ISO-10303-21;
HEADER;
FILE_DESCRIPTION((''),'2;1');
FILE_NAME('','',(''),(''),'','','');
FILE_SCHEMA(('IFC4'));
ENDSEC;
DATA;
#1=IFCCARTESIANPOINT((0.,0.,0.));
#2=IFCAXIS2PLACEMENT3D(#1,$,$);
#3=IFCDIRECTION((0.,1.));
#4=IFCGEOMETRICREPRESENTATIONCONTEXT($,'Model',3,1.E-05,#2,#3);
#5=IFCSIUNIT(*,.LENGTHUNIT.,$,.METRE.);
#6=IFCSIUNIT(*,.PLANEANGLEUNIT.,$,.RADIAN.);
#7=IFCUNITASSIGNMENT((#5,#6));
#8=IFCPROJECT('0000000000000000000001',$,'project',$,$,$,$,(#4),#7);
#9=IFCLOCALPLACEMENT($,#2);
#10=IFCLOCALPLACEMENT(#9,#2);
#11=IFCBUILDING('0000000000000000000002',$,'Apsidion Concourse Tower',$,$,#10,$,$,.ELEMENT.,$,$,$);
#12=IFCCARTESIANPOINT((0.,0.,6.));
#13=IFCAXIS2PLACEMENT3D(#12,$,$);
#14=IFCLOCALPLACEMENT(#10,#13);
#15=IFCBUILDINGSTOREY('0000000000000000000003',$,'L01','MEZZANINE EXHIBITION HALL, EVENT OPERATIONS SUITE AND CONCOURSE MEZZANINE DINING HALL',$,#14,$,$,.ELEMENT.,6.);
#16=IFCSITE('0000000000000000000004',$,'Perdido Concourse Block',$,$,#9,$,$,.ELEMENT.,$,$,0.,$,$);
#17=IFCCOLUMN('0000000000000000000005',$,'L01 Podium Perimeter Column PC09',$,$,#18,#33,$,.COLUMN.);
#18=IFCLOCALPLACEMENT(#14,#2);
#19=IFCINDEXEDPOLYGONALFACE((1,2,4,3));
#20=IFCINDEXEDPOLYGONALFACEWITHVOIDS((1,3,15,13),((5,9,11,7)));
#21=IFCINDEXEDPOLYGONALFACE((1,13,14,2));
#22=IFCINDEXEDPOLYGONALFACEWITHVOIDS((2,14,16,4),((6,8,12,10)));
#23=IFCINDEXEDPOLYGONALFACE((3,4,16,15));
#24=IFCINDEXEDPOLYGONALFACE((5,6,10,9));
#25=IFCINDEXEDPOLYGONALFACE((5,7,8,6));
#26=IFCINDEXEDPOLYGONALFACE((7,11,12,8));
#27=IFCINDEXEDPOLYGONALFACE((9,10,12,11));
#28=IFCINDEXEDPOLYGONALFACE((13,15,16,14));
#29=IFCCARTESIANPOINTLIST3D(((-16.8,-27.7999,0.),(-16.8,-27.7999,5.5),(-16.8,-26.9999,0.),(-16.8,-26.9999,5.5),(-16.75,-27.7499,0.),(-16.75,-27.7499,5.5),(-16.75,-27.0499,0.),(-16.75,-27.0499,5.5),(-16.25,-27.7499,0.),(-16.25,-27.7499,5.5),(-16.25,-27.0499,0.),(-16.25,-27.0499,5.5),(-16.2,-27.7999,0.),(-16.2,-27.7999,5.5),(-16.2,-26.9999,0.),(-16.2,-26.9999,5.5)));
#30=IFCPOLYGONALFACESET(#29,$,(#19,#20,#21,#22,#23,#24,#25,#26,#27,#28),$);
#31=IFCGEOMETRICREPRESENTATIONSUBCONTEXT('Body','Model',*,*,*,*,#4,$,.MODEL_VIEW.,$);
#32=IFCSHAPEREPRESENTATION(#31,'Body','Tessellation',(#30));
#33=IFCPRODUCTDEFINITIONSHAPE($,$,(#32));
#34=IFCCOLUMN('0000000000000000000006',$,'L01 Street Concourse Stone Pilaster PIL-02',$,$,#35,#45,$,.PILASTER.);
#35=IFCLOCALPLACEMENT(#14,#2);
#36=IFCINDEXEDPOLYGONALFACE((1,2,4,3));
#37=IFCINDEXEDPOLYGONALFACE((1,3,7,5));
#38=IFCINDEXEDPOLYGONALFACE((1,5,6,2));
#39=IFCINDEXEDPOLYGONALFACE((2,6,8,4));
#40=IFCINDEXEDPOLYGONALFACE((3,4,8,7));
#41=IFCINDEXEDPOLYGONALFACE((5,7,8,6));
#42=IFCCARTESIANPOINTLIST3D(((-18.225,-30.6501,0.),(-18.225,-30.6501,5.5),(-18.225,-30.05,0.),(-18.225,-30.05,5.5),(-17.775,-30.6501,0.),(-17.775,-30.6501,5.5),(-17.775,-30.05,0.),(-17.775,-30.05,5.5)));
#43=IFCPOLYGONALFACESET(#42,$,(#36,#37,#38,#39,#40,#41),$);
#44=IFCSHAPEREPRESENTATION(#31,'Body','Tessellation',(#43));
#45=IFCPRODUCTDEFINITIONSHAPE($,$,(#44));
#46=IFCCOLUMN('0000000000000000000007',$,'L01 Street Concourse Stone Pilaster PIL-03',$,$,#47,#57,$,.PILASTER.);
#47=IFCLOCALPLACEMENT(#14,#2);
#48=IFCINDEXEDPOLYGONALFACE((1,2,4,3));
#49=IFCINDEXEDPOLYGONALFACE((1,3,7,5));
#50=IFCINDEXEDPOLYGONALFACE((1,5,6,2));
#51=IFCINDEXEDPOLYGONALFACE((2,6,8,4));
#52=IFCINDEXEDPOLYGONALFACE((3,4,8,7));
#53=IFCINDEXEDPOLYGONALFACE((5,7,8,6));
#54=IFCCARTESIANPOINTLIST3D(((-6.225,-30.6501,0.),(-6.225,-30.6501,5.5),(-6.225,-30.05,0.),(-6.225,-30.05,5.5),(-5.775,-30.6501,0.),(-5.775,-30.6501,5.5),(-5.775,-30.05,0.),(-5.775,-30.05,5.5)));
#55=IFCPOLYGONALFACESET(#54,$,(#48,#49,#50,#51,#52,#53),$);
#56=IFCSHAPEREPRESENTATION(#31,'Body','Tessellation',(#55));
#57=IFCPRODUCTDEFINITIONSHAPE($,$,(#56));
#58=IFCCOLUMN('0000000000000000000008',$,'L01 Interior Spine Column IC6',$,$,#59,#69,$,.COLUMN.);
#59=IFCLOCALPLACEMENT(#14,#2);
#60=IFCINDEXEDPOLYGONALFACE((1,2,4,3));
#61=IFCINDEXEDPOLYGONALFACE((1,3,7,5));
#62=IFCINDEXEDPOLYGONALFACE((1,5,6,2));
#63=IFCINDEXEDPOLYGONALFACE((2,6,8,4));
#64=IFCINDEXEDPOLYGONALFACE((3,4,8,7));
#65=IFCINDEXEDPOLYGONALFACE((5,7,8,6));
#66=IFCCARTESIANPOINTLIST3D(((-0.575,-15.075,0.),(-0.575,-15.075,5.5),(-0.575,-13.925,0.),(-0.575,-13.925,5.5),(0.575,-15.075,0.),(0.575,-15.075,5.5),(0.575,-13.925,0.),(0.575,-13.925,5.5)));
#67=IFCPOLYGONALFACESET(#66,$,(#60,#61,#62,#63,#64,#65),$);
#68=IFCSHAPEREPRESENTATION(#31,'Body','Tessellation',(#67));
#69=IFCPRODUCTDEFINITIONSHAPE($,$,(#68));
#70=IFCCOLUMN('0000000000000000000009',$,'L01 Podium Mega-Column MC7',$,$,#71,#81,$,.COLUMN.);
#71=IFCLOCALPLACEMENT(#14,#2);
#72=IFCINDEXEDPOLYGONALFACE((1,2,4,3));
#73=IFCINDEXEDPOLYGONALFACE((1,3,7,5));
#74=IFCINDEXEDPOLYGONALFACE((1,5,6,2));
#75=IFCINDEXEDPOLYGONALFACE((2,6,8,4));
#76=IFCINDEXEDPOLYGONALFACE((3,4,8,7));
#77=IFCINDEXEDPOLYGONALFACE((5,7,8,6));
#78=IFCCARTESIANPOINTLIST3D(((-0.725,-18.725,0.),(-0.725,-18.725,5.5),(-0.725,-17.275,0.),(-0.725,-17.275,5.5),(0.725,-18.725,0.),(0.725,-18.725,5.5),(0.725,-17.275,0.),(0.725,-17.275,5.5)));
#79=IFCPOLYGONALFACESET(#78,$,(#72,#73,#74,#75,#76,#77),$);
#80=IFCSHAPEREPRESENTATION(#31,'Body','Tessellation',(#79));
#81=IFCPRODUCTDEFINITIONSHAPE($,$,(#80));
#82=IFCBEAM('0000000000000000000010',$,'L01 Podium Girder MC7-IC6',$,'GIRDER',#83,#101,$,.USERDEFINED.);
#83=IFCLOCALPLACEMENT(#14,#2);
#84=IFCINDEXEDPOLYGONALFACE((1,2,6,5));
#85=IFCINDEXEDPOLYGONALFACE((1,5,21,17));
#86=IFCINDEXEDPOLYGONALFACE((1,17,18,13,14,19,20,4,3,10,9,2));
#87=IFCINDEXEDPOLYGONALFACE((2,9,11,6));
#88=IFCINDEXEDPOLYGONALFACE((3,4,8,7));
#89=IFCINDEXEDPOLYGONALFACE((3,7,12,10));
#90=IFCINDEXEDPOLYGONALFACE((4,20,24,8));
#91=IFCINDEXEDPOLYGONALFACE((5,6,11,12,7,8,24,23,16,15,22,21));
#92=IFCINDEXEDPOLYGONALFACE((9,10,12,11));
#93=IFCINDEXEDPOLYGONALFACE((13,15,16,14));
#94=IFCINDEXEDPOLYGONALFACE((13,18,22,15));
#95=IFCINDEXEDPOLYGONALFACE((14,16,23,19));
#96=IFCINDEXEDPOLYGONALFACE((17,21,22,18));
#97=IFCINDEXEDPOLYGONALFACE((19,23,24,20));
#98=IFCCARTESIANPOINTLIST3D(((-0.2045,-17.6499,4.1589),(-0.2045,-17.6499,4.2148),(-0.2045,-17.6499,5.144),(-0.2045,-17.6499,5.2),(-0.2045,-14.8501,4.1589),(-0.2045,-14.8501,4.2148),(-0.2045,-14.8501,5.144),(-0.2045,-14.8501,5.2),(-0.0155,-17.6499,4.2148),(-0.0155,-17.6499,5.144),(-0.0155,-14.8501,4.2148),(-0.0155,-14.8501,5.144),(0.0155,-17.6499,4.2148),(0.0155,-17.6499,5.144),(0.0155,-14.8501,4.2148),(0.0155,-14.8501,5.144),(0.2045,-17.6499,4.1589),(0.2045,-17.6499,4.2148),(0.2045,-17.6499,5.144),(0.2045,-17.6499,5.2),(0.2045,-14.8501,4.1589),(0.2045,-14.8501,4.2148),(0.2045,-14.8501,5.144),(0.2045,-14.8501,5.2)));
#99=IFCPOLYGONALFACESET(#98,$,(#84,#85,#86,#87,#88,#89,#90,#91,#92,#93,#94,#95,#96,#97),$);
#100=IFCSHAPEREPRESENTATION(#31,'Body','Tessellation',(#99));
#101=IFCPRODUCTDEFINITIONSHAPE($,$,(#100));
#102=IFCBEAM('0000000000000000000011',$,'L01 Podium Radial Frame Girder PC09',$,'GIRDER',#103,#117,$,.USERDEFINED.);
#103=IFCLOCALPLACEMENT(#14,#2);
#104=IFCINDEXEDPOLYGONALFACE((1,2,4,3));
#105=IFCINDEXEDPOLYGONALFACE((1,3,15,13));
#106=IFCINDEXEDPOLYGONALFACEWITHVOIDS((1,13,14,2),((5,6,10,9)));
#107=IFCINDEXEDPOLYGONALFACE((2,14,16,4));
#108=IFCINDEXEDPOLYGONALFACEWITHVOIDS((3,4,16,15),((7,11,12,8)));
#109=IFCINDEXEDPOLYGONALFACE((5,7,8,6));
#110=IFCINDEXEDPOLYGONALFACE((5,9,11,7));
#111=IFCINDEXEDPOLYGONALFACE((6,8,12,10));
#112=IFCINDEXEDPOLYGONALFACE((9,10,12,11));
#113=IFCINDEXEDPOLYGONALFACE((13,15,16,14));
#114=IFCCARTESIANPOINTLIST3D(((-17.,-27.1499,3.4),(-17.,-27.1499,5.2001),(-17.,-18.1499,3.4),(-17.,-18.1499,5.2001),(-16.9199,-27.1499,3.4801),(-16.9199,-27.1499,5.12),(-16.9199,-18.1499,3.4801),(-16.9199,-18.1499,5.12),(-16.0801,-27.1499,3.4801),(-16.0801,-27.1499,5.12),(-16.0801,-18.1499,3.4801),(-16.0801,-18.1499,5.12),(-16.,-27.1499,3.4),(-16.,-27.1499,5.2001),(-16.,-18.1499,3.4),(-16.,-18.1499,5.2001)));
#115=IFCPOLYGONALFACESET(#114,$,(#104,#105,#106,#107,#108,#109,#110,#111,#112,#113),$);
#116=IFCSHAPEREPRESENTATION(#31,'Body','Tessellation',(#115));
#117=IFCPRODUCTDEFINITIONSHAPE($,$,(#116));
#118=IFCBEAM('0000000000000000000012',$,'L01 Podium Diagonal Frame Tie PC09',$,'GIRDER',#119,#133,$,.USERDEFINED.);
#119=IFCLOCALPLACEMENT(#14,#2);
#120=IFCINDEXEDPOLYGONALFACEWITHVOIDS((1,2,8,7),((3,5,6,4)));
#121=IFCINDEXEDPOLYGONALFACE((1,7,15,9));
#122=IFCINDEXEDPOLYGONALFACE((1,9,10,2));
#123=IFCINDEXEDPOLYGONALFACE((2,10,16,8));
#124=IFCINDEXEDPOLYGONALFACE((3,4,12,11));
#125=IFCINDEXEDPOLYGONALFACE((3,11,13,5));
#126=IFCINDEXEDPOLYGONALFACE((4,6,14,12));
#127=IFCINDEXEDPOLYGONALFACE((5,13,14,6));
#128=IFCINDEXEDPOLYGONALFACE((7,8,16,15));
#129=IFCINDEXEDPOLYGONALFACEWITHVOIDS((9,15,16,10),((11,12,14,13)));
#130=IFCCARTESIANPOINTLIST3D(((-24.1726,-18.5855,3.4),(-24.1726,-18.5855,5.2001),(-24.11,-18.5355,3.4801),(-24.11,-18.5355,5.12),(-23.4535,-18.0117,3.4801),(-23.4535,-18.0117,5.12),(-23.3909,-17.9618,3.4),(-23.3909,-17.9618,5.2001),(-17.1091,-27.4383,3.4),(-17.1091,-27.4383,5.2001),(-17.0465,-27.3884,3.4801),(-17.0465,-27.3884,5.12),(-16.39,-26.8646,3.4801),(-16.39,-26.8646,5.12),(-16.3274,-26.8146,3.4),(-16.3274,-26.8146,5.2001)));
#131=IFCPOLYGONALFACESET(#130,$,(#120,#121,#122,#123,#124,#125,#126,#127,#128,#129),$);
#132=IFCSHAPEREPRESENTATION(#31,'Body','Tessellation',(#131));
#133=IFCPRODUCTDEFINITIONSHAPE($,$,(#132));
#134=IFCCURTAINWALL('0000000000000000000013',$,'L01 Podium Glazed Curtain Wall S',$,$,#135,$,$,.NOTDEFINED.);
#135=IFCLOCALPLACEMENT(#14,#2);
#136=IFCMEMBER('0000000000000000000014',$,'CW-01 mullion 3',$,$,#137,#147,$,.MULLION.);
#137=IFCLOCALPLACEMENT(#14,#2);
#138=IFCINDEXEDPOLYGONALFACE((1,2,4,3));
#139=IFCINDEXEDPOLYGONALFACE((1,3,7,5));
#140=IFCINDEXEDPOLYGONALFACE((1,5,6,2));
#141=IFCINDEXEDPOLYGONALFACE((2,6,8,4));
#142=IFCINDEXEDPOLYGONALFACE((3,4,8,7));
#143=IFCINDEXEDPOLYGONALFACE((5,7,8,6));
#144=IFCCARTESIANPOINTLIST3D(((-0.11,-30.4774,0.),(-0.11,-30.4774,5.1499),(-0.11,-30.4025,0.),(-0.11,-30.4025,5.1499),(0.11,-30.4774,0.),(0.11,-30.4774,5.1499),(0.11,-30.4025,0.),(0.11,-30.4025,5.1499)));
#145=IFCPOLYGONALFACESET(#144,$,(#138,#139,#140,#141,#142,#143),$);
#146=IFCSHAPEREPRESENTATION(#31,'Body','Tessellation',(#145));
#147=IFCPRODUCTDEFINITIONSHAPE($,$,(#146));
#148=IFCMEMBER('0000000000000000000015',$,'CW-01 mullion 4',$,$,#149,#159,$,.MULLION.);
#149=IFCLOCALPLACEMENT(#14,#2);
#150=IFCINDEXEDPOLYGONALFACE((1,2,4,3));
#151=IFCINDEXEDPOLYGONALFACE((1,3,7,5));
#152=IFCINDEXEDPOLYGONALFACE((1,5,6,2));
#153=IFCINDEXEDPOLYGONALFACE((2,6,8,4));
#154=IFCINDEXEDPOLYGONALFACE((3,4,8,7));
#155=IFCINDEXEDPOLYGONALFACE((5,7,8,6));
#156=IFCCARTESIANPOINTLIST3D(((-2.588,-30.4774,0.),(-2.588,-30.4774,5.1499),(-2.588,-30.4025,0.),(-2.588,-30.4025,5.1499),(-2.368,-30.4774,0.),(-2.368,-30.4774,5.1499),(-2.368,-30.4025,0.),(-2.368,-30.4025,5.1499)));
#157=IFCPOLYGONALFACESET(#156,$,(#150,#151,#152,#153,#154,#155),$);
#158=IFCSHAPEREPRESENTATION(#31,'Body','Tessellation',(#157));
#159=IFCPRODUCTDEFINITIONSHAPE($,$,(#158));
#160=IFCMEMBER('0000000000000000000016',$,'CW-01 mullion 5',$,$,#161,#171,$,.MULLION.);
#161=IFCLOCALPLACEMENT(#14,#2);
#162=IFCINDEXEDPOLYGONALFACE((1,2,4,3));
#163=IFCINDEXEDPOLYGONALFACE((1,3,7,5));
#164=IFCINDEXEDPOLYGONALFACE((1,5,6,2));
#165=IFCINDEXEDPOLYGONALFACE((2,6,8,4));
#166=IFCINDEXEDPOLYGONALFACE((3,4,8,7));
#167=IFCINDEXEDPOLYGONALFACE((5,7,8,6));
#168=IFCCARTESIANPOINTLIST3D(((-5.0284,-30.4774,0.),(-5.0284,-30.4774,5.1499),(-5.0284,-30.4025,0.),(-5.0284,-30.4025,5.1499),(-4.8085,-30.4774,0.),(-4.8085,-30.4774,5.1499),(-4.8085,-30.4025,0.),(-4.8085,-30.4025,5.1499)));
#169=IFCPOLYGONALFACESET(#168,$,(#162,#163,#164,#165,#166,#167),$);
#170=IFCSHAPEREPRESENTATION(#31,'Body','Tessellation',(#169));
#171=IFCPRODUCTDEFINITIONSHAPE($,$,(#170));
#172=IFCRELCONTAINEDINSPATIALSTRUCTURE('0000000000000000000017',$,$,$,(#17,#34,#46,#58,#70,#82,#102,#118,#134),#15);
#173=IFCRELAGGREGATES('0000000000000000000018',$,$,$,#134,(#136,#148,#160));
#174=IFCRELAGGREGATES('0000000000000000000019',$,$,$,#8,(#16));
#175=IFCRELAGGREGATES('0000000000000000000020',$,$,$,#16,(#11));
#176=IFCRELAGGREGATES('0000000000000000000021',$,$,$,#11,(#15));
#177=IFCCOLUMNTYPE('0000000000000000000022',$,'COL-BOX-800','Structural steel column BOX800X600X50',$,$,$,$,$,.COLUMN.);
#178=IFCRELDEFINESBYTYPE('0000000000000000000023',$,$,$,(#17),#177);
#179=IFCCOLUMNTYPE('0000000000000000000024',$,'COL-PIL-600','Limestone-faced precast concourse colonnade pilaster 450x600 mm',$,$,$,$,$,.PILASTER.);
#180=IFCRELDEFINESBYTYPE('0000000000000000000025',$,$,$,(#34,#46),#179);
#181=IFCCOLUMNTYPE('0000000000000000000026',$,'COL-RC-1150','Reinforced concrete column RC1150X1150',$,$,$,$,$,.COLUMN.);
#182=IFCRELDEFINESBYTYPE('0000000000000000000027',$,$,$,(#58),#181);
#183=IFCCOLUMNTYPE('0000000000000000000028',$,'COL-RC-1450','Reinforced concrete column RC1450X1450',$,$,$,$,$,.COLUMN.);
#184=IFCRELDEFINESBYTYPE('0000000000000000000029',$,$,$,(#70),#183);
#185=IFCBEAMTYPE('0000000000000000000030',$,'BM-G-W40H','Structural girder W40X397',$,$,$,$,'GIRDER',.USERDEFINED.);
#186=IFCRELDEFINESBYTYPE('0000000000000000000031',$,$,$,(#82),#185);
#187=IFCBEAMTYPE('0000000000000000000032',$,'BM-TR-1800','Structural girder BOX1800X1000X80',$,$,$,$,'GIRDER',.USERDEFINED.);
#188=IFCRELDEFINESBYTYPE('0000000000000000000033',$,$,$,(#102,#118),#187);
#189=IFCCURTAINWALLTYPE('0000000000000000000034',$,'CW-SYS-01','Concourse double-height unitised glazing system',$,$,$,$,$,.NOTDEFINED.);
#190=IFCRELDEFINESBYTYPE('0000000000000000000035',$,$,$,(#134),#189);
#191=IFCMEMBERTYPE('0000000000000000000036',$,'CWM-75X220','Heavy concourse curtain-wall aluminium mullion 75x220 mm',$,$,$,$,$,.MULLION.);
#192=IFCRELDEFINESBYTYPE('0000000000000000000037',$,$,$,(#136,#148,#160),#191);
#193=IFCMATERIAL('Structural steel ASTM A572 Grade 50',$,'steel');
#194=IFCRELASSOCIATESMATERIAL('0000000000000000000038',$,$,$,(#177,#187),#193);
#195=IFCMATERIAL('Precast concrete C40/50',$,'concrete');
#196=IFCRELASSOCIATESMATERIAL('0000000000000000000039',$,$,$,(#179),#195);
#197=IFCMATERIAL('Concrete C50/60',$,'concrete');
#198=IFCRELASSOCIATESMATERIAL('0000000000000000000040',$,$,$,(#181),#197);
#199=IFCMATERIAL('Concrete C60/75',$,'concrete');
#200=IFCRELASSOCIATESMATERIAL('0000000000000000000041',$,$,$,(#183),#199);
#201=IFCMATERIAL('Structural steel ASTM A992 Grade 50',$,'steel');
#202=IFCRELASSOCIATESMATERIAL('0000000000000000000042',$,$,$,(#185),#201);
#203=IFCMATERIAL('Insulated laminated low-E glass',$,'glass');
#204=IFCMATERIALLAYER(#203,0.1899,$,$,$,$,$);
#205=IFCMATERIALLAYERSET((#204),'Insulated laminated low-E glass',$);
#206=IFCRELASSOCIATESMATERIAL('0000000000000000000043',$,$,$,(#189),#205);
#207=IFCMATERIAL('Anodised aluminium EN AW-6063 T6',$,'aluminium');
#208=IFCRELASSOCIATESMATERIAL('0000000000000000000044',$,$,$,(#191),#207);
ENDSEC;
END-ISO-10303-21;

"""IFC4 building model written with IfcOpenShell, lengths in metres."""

from ifc_helpers import new_model, si_unit, direction, frame, origin, origin_2d, place, context, subcontext, project, spatial, rectangle, hollow_rectangle, i_section, extrude, material, layer, layer_set, material_profile, profile_set, type_object, element, aggregate, save


model = new_model("IFC4")

# Units and contexts
model_context = context("Model", 3, precision=1e-05, world=origin(), true_north=direction((0.0, 1.0)))
body_context = subcontext(model_context, "Body", "Model", "MODEL_VIEW")
ifc_project = project(units=[si_unit("LENGTHUNIT", "METRE"), si_unit("PLANEANGLEUNIT", "RADIAN")], contexts=[model_context])

# Site, building, storey
site_placement = place(None, origin())
site = spatial("IfcSite", under=ifc_project, at=site_placement, Name="Perdido Concourse Block", CompositionType="ELEMENT", RefElevation=0.0)
building_placement = place(site_placement, origin())
building = spatial("IfcBuilding", under=site, at=building_placement, Name="Apsidion Concourse Tower", CompositionType="ELEMENT")
storey_placement = place(building_placement, frame((0.0, 0.0, 6.0)))
storey = spatial("IfcBuildingStorey", under=building, at=storey_placement, Name="L01", Description="MEZZANINE EXHIBITION HALL, EVENT OPERATIONS SUITE AND CONCOURSE MEZZANINE DINING HALL", CompositionType="ELEMENT", Elevation=6.0)

# Columns
ifc_material_1 = material(Name="Structural steel ASTM A572 Grade 50", Category="steel")
ifc_material_profile_1 = material_profile(ifc_material_1, hollow_rectangle(XDim=0.6001, YDim=0.8, WallThickness=0.05, at=origin_2d()), Name="BOX800X600X50")
ifc_profile_set_1 = profile_set([ifc_material_profile_1], Name="Structural steel ASTM A572 Grade 50")
column_type_1 = type_object("IfcColumnType", Name="COL-BOX-800", Description="Structural steel column BOX800X600X50", PredefinedType="COLUMN", material=ifc_profile_set_1)
column_1_placement = place(storey_placement, frame((-16.5, -27.3999, 0.0), z_axis=(0.0, 0.0, 1.0), x_axis=(1.0, 0.0, 0.0)))
element("IfcColumn", 1, at=column_1_placement, inside=storey, type_object=column_type_1, Name="L01 Podium Perimeter Column PC09", PredefinedType="COLUMN", context=body_context, shape_type="SweptSolid", body=[
    extrude(hollow_rectangle(XDim=0.6001, YDim=0.8, WallThickness=0.05, at=origin_2d()), origin(), (0.0, 0.0, 1.0), 5.5),
])
ifc_material_2 = material(Name="Precast concrete C40/50", Category="concrete")
ifc_material_profile_2 = material_profile(ifc_material_2, rectangle(XDim=0.45, YDim=0.6001, at=origin_2d()), Name="RC 600x450")
ifc_profile_set_2 = profile_set([ifc_material_profile_2], Name="Precast concrete C40/50")
column_type_2 = type_object("IfcColumnType", Name="COL-PIL-600", Description="Limestone-faced precast concourse colonnade pilaster 450x600 mm", PredefinedType="PILASTER", material=ifc_profile_set_2)
for number, where, z_axis, x_axis, name in (
    (2, (-18.0, -30.3501, 0.0), (0.0, 0.0, 1.0), (1.0, 0.0, 0.0), "L01 Street Concourse Stone Pilaster PIL-02"),
    (3, (-6.0, -30.3501, 0.0), (0.0, 0.0, 1.0), (1.0, 0.0, 0.0), "L01 Street Concourse Stone Pilaster PIL-03"),
):
    element("IfcColumn", number, at=place(storey_placement, frame(where, z_axis=z_axis, x_axis=x_axis)), inside=storey, type_object=column_type_2, Name=name, PredefinedType="PILASTER", context=body_context, shape_type="SweptSolid", body=[
        extrude(rectangle(XDim=0.45, YDim=0.6001, at=origin_2d()), origin(), (0.0, 0.0, 1.0), 5.5),
    ])
ifc_material_3 = material(Name="Concrete C50/60", Category="concrete")
ifc_material_profile_3 = material_profile(ifc_material_3, rectangle(XDim=1.1499, YDim=1.1499, at=origin_2d()), Name="RC 1150x1150")
ifc_profile_set_3 = profile_set([ifc_material_profile_3], Name="Concrete C50/60")
column_type_3 = type_object("IfcColumnType", Name="COL-RC-1150", Description="Reinforced concrete column RC1150X1150", PredefinedType="COLUMN", material=ifc_profile_set_3)
column_2_placement = place(storey_placement, frame((0.0, -14.5, 0.0), z_axis=(0.0, 0.0, 1.0), x_axis=(1.0, 0.0, 0.0)))
element("IfcColumn", 4, at=column_2_placement, inside=storey, type_object=column_type_3, Name="L01 Interior Spine Column IC6", PredefinedType="COLUMN", context=body_context, shape_type="SweptSolid", body=[
    extrude(rectangle(XDim=1.1499, YDim=1.1499, at=origin_2d()), origin(), (0.0, 0.0, 1.0), 5.5),
])
ifc_material_4 = material(Name="Concrete C60/75", Category="concrete")
ifc_material_profile_4 = material_profile(ifc_material_4, rectangle(XDim=1.45, YDim=1.45, at=origin_2d()), Name="RC 1450x1450")
ifc_profile_set_4 = profile_set([ifc_material_profile_4], Name="Concrete C60/75")
column_type_4 = type_object("IfcColumnType", Name="COL-RC-1450", Description="Reinforced concrete column RC1450X1450", PredefinedType="COLUMN", material=ifc_profile_set_4)
column_3_placement = place(storey_placement, frame((0.0, -18.0, 0.0), z_axis=(0.0, 0.0, 1.0), x_axis=(1.0, 0.0, 0.0)))
element("IfcColumn", 5, at=column_3_placement, inside=storey, type_object=column_type_4, Name="L01 Podium Mega-Column MC7", PredefinedType="COLUMN", context=body_context, shape_type="SweptSolid", body=[
    extrude(rectangle(XDim=1.45, YDim=1.45, at=origin_2d()), origin(), (0.0, 0.0, 1.0), 5.5),
])

# Beams
ifc_material_5 = material(Name="Structural steel ASTM A992 Grade 50", Category="steel")
ifc_material_profile_5 = material_profile(ifc_material_5, i_section(OverallWidth=0.4089, OverallDepth=1.041, WebThickness=0.031, FlangeThickness=0.0559, at=origin_2d()), Name="W40X397")
ifc_profile_set_5 = profile_set([ifc_material_profile_5], Name="Structural steel ASTM A992 Grade 50")
beam_type_1 = type_object("IfcBeamType", Name="BM-G-W40H", Description="Structural girder W40X397", ElementType="GIRDER", PredefinedType="USERDEFINED", material=ifc_profile_set_5)
beam_1_placement = place(storey_placement, frame((0.0, -17.6499, 4.6794), z_axis=(0.0, 1.0, 0.0), x_axis=(-1.0, 0.0, 0.0)))
element("IfcBeam", 6, at=beam_1_placement, inside=storey, type_object=beam_type_1, Name="L01 Podium Girder MC7-IC6", ObjectType="GIRDER", PredefinedType="USERDEFINED", context=body_context, shape_type="SweptSolid", body=[
    extrude(i_section(OverallWidth=0.4089, OverallDepth=1.041, WebThickness=0.031, FlangeThickness=0.0559, at=origin_2d()), origin(), (0.0, 0.0, 1.0), 2.7998),
])
ifc_material_profile_6 = material_profile(ifc_material_1, hollow_rectangle(XDim=1.0, YDim=1.8, WallThickness=0.0801, at=origin_2d()), Name="BOX1800X1000X80")
ifc_profile_set_6 = profile_set([ifc_material_profile_6], Name="Structural steel ASTM A572 Grade 50")
beam_type_2 = type_object("IfcBeamType", Name="BM-TR-1800", Description="Structural girder BOX1800X1000X80", ElementType="GIRDER", PredefinedType="USERDEFINED", material=ifc_profile_set_6)
beam_2_placement = place(storey_placement, frame((-16.5, -27.1499, 4.3), z_axis=(0.0, 1.0, 0.0), x_axis=(-1.0, 0.0, 0.0)))
element("IfcBeam", 7, at=beam_2_placement, inside=storey, type_object=beam_type_2, Name="L01 Podium Radial Frame Girder PC09", ObjectType="GIRDER", PredefinedType="USERDEFINED", context=body_context, shape_type="SweptSolid", body=[
    extrude(hollow_rectangle(XDim=1.0, YDim=1.8, WallThickness=0.0801, at=origin_2d()), origin(), (0.0, 0.0, 1.0), 9.0),
])
beam_3_placement = place(storey_placement, frame((-16.7183, -27.1265, 4.3), z_axis=(-0.623685, 0.781676, 0.0), x_axis=(-0.781676, -0.623685, 0.0)))
element("IfcBeam", 8, at=beam_3_placement, inside=storey, type_object=beam_type_2, Name="L01 Podium Diagonal Frame Tie PC09", ObjectType="GIRDER", PredefinedType="USERDEFINED", context=body_context, shape_type="SweptSolid", body=[
    extrude(hollow_rectangle(XDim=1.0, YDim=1.8, WallThickness=0.0801, at=origin_2d()), origin(), (0.0, 0.0, 1.0), 11.3254),
])

# Curtain wall, members
ifc_material_6 = material(Name="Insulated laminated low-E glass", Category="glass")
ifc_layer_1 = layer(ifc_material_6, 0.1899)
ifc_layer_set_1 = layer_set([ifc_layer_1], Name="Insulated laminated low-E glass")
curtain_wall_type = type_object("IfcCurtainWallType", Name="CW-SYS-01", Description="Concourse double-height unitised glazing system", PredefinedType="NOTDEFINED", material=ifc_layer_set_1)
curtain_wall_placement = place(storey_placement, origin())
curtain_wall = element("IfcCurtainWall", 9, at=curtain_wall_placement, inside=storey, type_object=curtain_wall_type, Name="L01 Podium Glazed Curtain Wall S", PredefinedType="NOTDEFINED")
ifc_material_7 = material(Name="Anodised aluminium EN AW-6063 T6", Category="aluminium")
ifc_material_profile_7 = material_profile(ifc_material_7, rectangle(XDim=0.075, YDim=0.22, at=origin_2d()), Name="ALU MULLION 75x220")
ifc_profile_set_7 = profile_set([ifc_material_profile_7], Name="Anodised aluminium EN AW-6063 T6")
member_type_1 = type_object("IfcMemberType", Name="CWM-75X220", Description="Heavy concourse curtain-wall aluminium mullion 75x220 mm", PredefinedType="MULLION", material=ifc_profile_set_7)
member_1_placement = place(storey_placement, frame((0.0, -30.4399, 0.0), z_axis=(0.0, 0.0, 1.0), x_axis=(0.0, -1.0, 0.0)))
member_1 = element("IfcMember", 10, at=member_1_placement, type_object=member_type_1, Name="CW-01 mullion 3", PredefinedType="MULLION", context=body_context, shape_type="SweptSolid", body=[
    extrude(rectangle(XDim=0.075, YDim=0.22, at=origin_2d()), origin(), (0.0, 0.0, 1.0), 5.1499),
])
member_2_placement = place(storey_placement, frame((-2.478, -30.4399, 0.0), z_axis=(0.0, 0.0, 1.0), x_axis=(0.0, -1.0, 0.0)))
member_2 = element("IfcMember", 11, at=member_2_placement, type_object=member_type_1, Name="CW-01 mullion 4", PredefinedType="MULLION", context=body_context, shape_type="SweptSolid", body=[
    extrude(rectangle(XDim=0.075, YDim=0.22, at=origin_2d()), origin(), (0.0, 0.0, 1.0), 5.1499),
])
member_3_placement = place(storey_placement, frame((-4.9185, -30.4399, 0.0), z_axis=(0.0, 0.0, 1.0), x_axis=(0.0, -1.0, 0.0)))
member_3 = element("IfcMember", 12, at=member_3_placement, type_object=member_type_1, Name="CW-01 mullion 5", PredefinedType="MULLION", context=body_context, shape_type="SweptSolid", body=[
    extrude(rectangle(XDim=0.075, YDim=0.22, at=origin_2d()), origin(), (0.0, 0.0, 1.0), 5.1499),
])
aggregate(curtain_wall, [member_1, member_2, member_3])

save(model, "model.ifc")
